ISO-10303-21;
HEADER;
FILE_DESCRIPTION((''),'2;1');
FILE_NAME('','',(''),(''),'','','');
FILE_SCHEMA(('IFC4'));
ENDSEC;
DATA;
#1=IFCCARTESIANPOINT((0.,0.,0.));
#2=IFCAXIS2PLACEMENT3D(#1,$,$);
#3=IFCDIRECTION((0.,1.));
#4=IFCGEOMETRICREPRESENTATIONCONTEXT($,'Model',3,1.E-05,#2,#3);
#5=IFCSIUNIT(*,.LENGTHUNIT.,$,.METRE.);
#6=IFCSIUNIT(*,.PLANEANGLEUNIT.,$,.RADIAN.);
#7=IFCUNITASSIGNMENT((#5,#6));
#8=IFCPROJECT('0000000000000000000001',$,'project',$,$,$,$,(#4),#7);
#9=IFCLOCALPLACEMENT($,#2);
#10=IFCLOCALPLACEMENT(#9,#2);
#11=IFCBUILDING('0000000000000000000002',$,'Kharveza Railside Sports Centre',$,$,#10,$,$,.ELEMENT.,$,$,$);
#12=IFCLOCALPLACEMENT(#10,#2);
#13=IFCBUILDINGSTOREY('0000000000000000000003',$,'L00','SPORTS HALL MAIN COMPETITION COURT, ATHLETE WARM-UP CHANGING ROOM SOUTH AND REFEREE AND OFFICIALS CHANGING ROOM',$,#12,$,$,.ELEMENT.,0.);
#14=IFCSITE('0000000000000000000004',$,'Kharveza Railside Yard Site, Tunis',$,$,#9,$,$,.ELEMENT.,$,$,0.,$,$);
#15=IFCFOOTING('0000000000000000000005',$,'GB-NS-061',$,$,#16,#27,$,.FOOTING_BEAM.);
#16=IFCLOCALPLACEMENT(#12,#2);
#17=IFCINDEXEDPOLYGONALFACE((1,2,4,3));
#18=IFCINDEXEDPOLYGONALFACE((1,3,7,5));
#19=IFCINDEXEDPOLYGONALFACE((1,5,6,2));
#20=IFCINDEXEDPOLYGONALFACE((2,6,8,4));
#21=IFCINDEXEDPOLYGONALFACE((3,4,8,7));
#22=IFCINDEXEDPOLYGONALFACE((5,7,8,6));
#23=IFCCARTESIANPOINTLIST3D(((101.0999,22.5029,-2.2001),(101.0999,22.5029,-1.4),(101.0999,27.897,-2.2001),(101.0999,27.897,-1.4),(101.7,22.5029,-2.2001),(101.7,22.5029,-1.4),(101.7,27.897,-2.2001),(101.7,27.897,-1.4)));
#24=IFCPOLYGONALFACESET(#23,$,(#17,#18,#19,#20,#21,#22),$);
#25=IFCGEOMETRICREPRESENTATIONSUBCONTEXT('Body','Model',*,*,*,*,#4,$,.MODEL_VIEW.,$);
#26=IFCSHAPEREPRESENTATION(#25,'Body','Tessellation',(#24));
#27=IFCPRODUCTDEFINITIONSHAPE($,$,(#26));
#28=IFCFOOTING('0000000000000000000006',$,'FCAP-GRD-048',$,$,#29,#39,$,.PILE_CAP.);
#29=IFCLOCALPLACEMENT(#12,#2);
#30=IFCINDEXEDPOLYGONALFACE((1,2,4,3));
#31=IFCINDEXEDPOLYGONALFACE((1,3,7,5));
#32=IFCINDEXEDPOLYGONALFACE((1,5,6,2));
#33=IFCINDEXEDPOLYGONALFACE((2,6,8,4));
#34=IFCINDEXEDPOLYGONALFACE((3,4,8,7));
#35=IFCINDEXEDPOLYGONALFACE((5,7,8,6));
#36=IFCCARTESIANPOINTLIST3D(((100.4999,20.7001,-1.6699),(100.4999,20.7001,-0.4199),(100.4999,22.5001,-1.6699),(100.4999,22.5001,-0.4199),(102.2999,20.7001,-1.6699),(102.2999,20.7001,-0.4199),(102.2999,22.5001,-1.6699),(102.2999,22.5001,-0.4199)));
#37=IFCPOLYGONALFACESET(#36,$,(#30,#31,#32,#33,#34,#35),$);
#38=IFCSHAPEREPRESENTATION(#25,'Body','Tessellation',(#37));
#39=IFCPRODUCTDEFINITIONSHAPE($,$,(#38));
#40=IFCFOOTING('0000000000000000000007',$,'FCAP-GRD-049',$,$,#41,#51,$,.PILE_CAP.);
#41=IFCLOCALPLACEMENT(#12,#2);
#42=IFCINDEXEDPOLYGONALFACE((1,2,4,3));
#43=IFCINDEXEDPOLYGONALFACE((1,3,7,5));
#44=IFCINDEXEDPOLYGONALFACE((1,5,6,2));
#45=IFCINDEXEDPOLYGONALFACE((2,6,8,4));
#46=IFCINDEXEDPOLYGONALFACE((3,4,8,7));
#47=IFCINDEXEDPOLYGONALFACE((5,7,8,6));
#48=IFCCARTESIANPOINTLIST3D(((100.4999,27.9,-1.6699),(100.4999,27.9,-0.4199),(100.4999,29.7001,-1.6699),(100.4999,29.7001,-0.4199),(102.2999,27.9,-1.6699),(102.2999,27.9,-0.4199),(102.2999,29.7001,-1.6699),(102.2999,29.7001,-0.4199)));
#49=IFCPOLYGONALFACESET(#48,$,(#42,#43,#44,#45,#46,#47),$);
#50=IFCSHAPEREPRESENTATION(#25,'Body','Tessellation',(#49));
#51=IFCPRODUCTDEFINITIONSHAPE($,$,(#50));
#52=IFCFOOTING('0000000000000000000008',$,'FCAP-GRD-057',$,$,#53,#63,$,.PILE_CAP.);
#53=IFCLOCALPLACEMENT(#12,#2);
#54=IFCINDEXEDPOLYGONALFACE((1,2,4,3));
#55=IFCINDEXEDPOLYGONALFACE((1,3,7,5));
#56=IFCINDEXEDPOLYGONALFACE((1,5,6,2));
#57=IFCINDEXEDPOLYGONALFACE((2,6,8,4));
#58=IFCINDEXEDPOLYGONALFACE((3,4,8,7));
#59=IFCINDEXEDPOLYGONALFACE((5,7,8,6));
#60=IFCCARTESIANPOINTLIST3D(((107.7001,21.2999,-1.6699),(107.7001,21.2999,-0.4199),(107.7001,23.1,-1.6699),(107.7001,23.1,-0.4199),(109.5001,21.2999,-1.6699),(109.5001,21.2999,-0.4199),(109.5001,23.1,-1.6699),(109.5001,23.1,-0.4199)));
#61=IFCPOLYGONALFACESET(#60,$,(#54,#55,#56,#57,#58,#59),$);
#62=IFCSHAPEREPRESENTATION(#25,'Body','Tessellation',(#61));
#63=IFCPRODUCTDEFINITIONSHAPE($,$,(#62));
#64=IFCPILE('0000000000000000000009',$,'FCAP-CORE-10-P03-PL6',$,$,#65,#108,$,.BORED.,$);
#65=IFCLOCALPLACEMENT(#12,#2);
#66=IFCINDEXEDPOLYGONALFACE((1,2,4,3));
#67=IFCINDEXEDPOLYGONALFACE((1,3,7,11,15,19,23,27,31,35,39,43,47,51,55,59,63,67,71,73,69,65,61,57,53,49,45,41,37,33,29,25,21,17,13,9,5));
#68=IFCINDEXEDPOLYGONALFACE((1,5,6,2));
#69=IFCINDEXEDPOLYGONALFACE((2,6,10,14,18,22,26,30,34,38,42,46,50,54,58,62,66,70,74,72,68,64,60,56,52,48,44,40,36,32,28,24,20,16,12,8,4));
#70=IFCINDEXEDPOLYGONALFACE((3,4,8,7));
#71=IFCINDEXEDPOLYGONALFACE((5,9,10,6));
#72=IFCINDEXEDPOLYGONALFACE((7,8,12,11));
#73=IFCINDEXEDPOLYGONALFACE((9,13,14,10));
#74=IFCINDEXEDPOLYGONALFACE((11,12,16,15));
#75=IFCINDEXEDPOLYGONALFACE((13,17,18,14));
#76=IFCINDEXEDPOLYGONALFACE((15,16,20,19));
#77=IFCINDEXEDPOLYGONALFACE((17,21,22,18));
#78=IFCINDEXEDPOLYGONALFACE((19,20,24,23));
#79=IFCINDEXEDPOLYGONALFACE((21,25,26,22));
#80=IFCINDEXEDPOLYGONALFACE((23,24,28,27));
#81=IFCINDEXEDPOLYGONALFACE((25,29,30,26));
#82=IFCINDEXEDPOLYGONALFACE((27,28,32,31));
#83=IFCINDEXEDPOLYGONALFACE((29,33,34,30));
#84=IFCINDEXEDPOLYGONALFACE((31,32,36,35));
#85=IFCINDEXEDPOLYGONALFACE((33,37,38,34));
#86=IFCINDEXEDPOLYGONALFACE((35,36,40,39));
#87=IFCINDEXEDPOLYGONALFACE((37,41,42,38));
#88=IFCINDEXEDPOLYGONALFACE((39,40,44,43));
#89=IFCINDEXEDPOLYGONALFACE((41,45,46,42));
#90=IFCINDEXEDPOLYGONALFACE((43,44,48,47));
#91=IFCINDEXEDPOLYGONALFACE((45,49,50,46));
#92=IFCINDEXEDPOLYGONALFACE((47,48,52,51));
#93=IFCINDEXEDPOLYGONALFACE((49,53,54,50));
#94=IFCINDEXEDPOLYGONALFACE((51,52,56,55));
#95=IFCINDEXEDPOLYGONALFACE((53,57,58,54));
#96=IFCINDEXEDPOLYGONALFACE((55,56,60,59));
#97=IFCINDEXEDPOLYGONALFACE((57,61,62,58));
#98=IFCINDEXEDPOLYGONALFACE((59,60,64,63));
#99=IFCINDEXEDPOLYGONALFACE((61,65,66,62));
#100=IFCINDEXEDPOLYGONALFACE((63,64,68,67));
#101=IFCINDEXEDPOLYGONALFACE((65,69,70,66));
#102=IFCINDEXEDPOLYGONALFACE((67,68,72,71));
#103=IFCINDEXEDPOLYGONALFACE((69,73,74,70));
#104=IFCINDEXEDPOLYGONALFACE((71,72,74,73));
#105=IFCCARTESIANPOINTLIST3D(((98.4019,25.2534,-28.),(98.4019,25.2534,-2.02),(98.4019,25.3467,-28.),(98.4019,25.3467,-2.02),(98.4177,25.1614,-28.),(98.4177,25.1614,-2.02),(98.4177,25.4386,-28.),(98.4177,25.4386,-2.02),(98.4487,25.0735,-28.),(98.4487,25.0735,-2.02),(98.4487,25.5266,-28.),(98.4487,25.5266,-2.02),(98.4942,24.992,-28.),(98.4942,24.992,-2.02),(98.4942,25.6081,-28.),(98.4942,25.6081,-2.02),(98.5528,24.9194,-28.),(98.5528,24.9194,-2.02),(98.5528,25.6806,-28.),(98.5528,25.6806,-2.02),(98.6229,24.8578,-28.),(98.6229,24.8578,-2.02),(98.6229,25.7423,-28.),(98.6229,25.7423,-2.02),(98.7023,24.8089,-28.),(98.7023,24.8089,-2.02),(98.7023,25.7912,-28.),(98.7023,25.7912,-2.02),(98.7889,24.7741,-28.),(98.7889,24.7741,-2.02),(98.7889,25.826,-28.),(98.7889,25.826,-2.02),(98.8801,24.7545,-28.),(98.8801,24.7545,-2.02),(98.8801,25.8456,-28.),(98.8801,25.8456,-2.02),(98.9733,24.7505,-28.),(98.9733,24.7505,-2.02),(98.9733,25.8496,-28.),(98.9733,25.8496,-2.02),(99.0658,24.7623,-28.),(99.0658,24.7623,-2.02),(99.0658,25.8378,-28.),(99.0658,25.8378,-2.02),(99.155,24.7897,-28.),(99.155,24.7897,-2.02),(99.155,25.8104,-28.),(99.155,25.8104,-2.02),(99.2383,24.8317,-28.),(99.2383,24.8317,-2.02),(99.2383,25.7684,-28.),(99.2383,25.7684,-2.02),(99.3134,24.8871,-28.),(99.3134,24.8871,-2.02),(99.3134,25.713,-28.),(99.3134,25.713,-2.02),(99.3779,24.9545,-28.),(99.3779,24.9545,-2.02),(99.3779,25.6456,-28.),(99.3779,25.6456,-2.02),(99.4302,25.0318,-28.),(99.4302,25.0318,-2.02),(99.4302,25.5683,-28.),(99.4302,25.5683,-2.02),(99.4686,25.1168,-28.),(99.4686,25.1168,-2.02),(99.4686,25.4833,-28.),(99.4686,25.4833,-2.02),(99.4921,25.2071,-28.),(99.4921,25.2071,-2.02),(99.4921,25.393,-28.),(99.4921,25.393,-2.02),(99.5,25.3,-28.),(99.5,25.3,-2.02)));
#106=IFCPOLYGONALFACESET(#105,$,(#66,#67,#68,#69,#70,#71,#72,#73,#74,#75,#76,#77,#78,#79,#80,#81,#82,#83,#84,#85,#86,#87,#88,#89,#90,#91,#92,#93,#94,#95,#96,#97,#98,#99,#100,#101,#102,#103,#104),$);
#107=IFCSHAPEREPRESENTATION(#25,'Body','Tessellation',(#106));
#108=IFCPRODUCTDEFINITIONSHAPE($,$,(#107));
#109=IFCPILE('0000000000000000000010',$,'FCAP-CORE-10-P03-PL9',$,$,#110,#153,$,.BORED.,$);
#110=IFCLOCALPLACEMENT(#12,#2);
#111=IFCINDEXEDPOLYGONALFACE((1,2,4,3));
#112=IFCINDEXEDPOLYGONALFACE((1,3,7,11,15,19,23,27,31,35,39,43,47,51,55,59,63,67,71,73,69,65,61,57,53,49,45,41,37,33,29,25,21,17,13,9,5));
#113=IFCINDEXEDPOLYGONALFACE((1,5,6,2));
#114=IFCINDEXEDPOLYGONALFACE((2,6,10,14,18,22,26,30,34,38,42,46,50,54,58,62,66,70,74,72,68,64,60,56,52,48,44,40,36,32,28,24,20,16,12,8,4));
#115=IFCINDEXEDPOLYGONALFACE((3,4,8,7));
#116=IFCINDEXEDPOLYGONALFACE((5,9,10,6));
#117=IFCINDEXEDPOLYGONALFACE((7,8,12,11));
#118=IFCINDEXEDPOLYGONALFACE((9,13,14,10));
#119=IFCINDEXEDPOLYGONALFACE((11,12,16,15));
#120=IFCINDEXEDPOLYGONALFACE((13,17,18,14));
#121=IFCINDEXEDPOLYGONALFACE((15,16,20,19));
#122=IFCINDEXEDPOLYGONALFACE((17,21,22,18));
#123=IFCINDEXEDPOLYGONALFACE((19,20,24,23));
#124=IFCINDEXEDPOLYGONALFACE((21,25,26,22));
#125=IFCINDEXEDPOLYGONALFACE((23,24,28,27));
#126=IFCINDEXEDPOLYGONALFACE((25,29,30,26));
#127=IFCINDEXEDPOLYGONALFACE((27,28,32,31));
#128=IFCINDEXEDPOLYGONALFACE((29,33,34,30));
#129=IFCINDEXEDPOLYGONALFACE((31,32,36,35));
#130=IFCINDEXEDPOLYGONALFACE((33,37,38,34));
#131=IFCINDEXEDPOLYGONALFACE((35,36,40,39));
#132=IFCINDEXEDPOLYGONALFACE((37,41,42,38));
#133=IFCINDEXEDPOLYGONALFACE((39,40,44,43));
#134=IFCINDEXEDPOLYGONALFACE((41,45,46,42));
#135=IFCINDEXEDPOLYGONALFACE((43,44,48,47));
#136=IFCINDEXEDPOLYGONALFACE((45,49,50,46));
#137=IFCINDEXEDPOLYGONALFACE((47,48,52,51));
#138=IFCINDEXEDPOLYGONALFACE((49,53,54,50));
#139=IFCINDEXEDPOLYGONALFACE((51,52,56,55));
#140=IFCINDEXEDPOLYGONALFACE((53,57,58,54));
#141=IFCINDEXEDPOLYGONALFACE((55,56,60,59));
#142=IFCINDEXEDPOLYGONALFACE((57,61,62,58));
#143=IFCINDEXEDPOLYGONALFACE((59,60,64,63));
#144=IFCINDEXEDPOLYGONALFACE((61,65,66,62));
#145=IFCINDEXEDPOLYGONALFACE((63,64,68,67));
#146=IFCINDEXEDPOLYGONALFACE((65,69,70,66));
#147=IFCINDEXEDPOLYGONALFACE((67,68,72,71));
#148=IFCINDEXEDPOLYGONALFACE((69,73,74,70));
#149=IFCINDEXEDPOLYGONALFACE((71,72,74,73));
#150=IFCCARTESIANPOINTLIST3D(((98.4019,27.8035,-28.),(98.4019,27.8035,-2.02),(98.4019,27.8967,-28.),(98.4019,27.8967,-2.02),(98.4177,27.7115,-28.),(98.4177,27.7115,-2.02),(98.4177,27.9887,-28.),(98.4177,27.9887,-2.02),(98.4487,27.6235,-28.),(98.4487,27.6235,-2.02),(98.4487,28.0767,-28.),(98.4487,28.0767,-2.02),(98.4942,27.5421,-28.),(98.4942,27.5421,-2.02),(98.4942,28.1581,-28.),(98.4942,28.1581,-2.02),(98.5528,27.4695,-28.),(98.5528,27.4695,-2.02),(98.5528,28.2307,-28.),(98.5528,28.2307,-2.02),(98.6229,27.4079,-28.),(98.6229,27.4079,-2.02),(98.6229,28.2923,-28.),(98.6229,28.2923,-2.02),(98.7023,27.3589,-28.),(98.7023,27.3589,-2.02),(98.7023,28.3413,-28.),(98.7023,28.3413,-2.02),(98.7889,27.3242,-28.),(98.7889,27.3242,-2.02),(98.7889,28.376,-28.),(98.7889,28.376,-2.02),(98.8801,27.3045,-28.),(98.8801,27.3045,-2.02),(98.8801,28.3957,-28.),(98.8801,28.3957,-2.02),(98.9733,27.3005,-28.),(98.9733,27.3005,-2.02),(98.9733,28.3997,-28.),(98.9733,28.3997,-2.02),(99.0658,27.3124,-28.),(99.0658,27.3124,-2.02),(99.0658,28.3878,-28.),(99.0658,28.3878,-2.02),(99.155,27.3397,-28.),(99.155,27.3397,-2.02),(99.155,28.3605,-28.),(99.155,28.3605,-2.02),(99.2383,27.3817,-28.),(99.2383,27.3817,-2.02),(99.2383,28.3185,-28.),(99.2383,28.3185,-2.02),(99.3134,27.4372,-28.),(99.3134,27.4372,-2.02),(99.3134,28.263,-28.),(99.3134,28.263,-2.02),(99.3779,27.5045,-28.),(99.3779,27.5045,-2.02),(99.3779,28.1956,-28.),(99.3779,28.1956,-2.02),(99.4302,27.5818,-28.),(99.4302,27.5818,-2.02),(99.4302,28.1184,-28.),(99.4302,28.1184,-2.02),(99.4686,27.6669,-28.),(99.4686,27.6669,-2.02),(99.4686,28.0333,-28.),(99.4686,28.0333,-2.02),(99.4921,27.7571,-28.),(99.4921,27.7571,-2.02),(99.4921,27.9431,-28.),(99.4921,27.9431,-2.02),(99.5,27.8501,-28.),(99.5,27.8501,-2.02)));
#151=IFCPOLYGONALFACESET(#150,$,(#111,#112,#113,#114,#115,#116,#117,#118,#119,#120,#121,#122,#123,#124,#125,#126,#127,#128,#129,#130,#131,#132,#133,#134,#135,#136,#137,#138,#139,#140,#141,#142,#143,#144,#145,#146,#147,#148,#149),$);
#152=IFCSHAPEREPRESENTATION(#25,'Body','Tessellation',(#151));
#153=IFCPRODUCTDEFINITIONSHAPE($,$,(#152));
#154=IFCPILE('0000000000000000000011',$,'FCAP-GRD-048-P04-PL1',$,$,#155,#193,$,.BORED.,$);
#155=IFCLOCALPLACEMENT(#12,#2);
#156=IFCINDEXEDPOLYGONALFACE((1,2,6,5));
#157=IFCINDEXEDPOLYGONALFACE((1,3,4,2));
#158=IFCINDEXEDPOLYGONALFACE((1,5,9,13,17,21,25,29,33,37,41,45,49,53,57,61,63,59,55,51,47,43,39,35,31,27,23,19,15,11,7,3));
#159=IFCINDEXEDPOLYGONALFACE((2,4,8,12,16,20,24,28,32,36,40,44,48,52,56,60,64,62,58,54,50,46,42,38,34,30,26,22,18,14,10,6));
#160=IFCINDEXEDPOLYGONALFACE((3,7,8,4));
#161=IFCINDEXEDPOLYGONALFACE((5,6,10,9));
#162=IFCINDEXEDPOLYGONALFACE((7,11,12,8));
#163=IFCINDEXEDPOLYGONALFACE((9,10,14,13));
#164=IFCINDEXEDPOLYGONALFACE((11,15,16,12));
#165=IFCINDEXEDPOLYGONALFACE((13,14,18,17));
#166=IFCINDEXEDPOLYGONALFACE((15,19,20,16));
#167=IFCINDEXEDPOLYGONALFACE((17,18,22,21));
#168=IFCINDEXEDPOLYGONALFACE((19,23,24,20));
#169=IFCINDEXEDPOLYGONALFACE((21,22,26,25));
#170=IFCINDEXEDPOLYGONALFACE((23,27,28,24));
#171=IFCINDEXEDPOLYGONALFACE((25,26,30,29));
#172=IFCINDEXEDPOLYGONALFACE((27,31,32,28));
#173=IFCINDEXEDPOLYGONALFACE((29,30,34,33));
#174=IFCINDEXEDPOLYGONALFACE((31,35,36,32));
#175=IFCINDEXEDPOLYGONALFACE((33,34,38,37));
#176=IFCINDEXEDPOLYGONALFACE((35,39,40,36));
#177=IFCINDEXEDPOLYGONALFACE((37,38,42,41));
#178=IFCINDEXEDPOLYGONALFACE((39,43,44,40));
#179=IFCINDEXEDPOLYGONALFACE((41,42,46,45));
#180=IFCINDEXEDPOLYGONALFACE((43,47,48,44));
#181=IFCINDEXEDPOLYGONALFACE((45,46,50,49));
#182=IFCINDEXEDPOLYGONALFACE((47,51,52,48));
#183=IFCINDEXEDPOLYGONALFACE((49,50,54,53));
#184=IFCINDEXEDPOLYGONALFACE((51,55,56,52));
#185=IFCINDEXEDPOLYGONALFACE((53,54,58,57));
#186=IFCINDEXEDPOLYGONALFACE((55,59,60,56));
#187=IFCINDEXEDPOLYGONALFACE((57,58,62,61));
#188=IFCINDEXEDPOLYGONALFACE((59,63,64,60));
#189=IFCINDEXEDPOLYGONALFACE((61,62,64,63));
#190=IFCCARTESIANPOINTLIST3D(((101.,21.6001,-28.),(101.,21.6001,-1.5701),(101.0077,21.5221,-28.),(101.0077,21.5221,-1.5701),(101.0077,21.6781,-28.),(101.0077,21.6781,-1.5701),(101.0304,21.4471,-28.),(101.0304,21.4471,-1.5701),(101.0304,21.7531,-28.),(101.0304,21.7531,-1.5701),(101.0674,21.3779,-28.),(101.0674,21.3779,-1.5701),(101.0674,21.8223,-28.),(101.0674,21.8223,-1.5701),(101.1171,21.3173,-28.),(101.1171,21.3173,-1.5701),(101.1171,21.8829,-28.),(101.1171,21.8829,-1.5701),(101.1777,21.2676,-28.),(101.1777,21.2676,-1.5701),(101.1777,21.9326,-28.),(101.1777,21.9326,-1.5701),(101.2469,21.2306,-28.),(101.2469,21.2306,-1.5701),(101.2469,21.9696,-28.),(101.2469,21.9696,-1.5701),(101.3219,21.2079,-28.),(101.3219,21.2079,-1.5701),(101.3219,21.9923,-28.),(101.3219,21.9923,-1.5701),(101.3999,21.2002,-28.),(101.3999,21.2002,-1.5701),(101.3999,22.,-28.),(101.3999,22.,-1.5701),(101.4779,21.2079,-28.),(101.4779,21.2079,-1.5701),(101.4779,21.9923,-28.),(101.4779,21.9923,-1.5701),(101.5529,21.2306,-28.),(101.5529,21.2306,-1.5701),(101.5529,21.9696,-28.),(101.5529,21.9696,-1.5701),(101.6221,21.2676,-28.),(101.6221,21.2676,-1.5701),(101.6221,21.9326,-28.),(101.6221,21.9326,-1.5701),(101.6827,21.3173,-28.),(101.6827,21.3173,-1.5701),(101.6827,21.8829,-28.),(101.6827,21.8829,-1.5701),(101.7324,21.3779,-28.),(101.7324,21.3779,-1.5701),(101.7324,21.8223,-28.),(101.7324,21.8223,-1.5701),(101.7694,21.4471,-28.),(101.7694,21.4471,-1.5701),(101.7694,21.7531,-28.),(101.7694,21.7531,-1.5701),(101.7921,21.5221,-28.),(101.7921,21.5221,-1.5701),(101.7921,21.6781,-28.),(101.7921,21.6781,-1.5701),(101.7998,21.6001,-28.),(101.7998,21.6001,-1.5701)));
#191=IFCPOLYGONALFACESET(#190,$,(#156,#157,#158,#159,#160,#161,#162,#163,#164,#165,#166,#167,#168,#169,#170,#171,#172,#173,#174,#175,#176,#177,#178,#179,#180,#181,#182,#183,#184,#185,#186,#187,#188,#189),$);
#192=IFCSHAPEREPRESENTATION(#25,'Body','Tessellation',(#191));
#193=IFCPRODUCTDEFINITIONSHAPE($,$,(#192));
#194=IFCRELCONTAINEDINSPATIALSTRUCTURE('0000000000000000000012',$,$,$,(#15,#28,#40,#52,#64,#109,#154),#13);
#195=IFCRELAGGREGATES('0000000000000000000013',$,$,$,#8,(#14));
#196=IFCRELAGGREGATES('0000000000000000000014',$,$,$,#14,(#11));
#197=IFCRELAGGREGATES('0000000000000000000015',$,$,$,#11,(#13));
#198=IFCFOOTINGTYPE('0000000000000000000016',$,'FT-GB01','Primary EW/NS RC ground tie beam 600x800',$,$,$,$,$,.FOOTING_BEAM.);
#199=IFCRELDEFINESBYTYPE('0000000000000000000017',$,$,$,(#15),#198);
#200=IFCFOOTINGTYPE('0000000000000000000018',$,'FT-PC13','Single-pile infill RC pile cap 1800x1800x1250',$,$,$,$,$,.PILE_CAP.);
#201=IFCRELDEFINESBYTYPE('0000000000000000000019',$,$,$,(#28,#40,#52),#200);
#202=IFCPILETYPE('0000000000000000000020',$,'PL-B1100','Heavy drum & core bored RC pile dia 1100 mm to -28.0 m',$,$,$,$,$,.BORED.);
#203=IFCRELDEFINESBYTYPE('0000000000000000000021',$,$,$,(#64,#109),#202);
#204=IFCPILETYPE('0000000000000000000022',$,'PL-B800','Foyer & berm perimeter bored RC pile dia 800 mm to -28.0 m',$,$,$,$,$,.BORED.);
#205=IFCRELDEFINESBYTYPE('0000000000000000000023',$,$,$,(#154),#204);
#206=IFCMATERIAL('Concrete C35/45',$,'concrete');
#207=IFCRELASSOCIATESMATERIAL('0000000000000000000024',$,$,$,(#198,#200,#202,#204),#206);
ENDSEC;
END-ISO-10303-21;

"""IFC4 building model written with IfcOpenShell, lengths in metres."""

from ifc_helpers import new_model, si_unit, direction, frame, origin, origin_2d, place, context, subcontext, project, spatial, rectangle, circle, extrude, material, material_profile, profile_set, type_object, element, save


model = new_model("IFC4")

# Units and contexts
model_context = context("Model", 3, precision=1e-05, world=origin(), true_north=direction((0.0, 1.0)))
body_context = subcontext(model_context, "Body", "Model", "MODEL_VIEW")
ifc_project = project(units=[si_unit("LENGTHUNIT", "METRE"), si_unit("PLANEANGLEUNIT", "RADIAN")], contexts=[model_context])

# Site, building, storey
site_placement = place(None, origin())
site = spatial("IfcSite", under=ifc_project, at=site_placement, Name="Kharveza Railside Yard Site, Tunis", CompositionType="ELEMENT", RefElevation=0.0)
building_placement = place(site_placement, origin())
building = spatial("IfcBuilding", under=site, at=building_placement, Name="Kharveza Railside Sports Centre", CompositionType="ELEMENT")
storey_placement = place(building_placement, origin())
storey = spatial("IfcBuildingStorey", under=building, at=storey_placement, Name="L00", Description="SPORTS HALL MAIN COMPETITION COURT, ATHLETE WARM-UP CHANGING ROOM SOUTH AND REFEREE AND OFFICIALS CHANGING ROOM", CompositionType="ELEMENT", Elevation=0.0)

# Footings
ifc_material_1 = material(Name="Concrete C35/45", Category="concrete")
ifc_material_profile_1 = material_profile(ifc_material_1, rectangle(XDim=0.6001, YDim=0.8, at=origin_2d()), Name="GB 600x800")
ifc_profile_set_1 = profile_set([ifc_material_profile_1], Name="Concrete C35/45")
footing_type_1 = type_object("IfcFootingType", Name="FT-GB01", Description="Primary EW/NS RC ground tie beam 600x800", PredefinedType="FOOTING_BEAM", material=ifc_profile_set_1)
footing_placement = place(storey_placement, frame((101.3999, 22.5029, -1.8), z_axis=(0.0, 1.0, 0.0), x_axis=(-1.0, 0.0, 0.0)))
element("IfcFooting", 1, at=footing_placement, inside=storey, type_object=footing_type_1, Name="GB-NS-061", PredefinedType="FOOTING_BEAM", context=body_context, shape_type="SweptSolid", body=[
    extrude(rectangle(XDim=0.6001, YDim=0.8, at=origin_2d()), origin(), (0.0, 0.0, 1.0), 5.394),
])
footing_type_2 = type_object("IfcFootingType", Name="FT-PC13", Description="Single-pile infill RC pile cap 1800x1800x1250", PredefinedType="PILE_CAP", material=ifc_material_1)
for number, where, z_axis, x_axis, name in (
    (2, (101.3999, 21.6001, -1.6699), (0.0, 0.0, 1.0), (1.0, 0.0, 0.0), "FCAP-GRD-048"),
    (3, (101.3999, 28.8, -1.6699), (0.0, 0.0, 1.0), (1.0, 0.0, 0.0), "FCAP-GRD-049"),
    (4, (108.6001, 22.2, -1.6699), (0.0, 0.0, 1.0), (1.0, 0.0, 0.0), "FCAP-GRD-057"),
):
    element("IfcFooting", number, at=place(storey_placement, frame(where, z_axis=z_axis, x_axis=x_axis)), inside=storey, type_object=footing_type_2, Name=name, PredefinedType="PILE_CAP", context=body_context, shape_type="SweptSolid", body=[
        extrude(rectangle(XDim=1.8, YDim=1.8, at=origin_2d()), origin(), (0.0, 0.0, 1.0), 1.25),
    ])

# Piles
ifc_material_profile_2 = material_profile(ifc_material_1, circle(Radius=0.55, at=origin_2d()), Name="PILE D1100")
ifc_profile_set_2 = profile_set([ifc_material_profile_2], Name="Concrete C35/45")
pile_type_1 = type_object("IfcPileType", Name="PL-B1100", Description="Heavy drum & core bored RC pile dia 1100 mm to -28.0 m", PredefinedType="BORED", material=ifc_profile_set_2)
for number, where, z_axis, x_axis, name in (
    (5, (98.95, 25.3, -2.02), (0.0, 0.0, -1.0), (1.0, 0.0, 0.0), "FCAP-CORE-10-P03-PL6"),
    (6, (98.95, 27.8501, -2.02), (0.0, 0.0, -1.0), (1.0, 0.0, 0.0), "FCAP-CORE-10-P03-PL9"),
):
    element("IfcPile", number, at=place(storey_placement, frame(where, z_axis=z_axis, x_axis=x_axis)), inside=storey, type_object=pile_type_1, Name=name, PredefinedType="BORED", context=body_context, shape_type="SweptSolid", body=[
        extrude(circle(Radius=0.55, at=origin_2d()), origin(), (0.0, 0.0, 1.0), 25.98),
    ])
ifc_material_profile_3 = material_profile(ifc_material_1, circle(Radius=0.3999, at=origin_2d()), Name="PILE D800")
ifc_profile_set_3 = profile_set([ifc_material_profile_3], Name="Concrete C35/45")
pile_type_2 = type_object("IfcPileType", Name="PL-B800", Description="Foyer & berm perimeter bored RC pile dia 800 mm to -28.0 m", PredefinedType="BORED", material=ifc_profile_set_3)
for number, where, z_axis, x_axis, name in (
    (7, (101.3999, 21.6001, -1.5701), (0.0, 0.0, -1.0), (1.0, 0.0, 0.0), "FCAP-GRD-048-P04-PL1"),
):
    element("IfcPile", number, at=place(storey_placement, frame(where, z_axis=z_axis, x_axis=x_axis)), inside=storey, type_object=pile_type_2, Name=name, PredefinedType="BORED", context=body_context, shape_type="SweptSolid", body=[
        extrude(circle(Radius=0.3999, at=origin_2d()), origin(), (0.0, 0.0, 1.0), 26.4299),
    ])

save(model, "model.ifc")
